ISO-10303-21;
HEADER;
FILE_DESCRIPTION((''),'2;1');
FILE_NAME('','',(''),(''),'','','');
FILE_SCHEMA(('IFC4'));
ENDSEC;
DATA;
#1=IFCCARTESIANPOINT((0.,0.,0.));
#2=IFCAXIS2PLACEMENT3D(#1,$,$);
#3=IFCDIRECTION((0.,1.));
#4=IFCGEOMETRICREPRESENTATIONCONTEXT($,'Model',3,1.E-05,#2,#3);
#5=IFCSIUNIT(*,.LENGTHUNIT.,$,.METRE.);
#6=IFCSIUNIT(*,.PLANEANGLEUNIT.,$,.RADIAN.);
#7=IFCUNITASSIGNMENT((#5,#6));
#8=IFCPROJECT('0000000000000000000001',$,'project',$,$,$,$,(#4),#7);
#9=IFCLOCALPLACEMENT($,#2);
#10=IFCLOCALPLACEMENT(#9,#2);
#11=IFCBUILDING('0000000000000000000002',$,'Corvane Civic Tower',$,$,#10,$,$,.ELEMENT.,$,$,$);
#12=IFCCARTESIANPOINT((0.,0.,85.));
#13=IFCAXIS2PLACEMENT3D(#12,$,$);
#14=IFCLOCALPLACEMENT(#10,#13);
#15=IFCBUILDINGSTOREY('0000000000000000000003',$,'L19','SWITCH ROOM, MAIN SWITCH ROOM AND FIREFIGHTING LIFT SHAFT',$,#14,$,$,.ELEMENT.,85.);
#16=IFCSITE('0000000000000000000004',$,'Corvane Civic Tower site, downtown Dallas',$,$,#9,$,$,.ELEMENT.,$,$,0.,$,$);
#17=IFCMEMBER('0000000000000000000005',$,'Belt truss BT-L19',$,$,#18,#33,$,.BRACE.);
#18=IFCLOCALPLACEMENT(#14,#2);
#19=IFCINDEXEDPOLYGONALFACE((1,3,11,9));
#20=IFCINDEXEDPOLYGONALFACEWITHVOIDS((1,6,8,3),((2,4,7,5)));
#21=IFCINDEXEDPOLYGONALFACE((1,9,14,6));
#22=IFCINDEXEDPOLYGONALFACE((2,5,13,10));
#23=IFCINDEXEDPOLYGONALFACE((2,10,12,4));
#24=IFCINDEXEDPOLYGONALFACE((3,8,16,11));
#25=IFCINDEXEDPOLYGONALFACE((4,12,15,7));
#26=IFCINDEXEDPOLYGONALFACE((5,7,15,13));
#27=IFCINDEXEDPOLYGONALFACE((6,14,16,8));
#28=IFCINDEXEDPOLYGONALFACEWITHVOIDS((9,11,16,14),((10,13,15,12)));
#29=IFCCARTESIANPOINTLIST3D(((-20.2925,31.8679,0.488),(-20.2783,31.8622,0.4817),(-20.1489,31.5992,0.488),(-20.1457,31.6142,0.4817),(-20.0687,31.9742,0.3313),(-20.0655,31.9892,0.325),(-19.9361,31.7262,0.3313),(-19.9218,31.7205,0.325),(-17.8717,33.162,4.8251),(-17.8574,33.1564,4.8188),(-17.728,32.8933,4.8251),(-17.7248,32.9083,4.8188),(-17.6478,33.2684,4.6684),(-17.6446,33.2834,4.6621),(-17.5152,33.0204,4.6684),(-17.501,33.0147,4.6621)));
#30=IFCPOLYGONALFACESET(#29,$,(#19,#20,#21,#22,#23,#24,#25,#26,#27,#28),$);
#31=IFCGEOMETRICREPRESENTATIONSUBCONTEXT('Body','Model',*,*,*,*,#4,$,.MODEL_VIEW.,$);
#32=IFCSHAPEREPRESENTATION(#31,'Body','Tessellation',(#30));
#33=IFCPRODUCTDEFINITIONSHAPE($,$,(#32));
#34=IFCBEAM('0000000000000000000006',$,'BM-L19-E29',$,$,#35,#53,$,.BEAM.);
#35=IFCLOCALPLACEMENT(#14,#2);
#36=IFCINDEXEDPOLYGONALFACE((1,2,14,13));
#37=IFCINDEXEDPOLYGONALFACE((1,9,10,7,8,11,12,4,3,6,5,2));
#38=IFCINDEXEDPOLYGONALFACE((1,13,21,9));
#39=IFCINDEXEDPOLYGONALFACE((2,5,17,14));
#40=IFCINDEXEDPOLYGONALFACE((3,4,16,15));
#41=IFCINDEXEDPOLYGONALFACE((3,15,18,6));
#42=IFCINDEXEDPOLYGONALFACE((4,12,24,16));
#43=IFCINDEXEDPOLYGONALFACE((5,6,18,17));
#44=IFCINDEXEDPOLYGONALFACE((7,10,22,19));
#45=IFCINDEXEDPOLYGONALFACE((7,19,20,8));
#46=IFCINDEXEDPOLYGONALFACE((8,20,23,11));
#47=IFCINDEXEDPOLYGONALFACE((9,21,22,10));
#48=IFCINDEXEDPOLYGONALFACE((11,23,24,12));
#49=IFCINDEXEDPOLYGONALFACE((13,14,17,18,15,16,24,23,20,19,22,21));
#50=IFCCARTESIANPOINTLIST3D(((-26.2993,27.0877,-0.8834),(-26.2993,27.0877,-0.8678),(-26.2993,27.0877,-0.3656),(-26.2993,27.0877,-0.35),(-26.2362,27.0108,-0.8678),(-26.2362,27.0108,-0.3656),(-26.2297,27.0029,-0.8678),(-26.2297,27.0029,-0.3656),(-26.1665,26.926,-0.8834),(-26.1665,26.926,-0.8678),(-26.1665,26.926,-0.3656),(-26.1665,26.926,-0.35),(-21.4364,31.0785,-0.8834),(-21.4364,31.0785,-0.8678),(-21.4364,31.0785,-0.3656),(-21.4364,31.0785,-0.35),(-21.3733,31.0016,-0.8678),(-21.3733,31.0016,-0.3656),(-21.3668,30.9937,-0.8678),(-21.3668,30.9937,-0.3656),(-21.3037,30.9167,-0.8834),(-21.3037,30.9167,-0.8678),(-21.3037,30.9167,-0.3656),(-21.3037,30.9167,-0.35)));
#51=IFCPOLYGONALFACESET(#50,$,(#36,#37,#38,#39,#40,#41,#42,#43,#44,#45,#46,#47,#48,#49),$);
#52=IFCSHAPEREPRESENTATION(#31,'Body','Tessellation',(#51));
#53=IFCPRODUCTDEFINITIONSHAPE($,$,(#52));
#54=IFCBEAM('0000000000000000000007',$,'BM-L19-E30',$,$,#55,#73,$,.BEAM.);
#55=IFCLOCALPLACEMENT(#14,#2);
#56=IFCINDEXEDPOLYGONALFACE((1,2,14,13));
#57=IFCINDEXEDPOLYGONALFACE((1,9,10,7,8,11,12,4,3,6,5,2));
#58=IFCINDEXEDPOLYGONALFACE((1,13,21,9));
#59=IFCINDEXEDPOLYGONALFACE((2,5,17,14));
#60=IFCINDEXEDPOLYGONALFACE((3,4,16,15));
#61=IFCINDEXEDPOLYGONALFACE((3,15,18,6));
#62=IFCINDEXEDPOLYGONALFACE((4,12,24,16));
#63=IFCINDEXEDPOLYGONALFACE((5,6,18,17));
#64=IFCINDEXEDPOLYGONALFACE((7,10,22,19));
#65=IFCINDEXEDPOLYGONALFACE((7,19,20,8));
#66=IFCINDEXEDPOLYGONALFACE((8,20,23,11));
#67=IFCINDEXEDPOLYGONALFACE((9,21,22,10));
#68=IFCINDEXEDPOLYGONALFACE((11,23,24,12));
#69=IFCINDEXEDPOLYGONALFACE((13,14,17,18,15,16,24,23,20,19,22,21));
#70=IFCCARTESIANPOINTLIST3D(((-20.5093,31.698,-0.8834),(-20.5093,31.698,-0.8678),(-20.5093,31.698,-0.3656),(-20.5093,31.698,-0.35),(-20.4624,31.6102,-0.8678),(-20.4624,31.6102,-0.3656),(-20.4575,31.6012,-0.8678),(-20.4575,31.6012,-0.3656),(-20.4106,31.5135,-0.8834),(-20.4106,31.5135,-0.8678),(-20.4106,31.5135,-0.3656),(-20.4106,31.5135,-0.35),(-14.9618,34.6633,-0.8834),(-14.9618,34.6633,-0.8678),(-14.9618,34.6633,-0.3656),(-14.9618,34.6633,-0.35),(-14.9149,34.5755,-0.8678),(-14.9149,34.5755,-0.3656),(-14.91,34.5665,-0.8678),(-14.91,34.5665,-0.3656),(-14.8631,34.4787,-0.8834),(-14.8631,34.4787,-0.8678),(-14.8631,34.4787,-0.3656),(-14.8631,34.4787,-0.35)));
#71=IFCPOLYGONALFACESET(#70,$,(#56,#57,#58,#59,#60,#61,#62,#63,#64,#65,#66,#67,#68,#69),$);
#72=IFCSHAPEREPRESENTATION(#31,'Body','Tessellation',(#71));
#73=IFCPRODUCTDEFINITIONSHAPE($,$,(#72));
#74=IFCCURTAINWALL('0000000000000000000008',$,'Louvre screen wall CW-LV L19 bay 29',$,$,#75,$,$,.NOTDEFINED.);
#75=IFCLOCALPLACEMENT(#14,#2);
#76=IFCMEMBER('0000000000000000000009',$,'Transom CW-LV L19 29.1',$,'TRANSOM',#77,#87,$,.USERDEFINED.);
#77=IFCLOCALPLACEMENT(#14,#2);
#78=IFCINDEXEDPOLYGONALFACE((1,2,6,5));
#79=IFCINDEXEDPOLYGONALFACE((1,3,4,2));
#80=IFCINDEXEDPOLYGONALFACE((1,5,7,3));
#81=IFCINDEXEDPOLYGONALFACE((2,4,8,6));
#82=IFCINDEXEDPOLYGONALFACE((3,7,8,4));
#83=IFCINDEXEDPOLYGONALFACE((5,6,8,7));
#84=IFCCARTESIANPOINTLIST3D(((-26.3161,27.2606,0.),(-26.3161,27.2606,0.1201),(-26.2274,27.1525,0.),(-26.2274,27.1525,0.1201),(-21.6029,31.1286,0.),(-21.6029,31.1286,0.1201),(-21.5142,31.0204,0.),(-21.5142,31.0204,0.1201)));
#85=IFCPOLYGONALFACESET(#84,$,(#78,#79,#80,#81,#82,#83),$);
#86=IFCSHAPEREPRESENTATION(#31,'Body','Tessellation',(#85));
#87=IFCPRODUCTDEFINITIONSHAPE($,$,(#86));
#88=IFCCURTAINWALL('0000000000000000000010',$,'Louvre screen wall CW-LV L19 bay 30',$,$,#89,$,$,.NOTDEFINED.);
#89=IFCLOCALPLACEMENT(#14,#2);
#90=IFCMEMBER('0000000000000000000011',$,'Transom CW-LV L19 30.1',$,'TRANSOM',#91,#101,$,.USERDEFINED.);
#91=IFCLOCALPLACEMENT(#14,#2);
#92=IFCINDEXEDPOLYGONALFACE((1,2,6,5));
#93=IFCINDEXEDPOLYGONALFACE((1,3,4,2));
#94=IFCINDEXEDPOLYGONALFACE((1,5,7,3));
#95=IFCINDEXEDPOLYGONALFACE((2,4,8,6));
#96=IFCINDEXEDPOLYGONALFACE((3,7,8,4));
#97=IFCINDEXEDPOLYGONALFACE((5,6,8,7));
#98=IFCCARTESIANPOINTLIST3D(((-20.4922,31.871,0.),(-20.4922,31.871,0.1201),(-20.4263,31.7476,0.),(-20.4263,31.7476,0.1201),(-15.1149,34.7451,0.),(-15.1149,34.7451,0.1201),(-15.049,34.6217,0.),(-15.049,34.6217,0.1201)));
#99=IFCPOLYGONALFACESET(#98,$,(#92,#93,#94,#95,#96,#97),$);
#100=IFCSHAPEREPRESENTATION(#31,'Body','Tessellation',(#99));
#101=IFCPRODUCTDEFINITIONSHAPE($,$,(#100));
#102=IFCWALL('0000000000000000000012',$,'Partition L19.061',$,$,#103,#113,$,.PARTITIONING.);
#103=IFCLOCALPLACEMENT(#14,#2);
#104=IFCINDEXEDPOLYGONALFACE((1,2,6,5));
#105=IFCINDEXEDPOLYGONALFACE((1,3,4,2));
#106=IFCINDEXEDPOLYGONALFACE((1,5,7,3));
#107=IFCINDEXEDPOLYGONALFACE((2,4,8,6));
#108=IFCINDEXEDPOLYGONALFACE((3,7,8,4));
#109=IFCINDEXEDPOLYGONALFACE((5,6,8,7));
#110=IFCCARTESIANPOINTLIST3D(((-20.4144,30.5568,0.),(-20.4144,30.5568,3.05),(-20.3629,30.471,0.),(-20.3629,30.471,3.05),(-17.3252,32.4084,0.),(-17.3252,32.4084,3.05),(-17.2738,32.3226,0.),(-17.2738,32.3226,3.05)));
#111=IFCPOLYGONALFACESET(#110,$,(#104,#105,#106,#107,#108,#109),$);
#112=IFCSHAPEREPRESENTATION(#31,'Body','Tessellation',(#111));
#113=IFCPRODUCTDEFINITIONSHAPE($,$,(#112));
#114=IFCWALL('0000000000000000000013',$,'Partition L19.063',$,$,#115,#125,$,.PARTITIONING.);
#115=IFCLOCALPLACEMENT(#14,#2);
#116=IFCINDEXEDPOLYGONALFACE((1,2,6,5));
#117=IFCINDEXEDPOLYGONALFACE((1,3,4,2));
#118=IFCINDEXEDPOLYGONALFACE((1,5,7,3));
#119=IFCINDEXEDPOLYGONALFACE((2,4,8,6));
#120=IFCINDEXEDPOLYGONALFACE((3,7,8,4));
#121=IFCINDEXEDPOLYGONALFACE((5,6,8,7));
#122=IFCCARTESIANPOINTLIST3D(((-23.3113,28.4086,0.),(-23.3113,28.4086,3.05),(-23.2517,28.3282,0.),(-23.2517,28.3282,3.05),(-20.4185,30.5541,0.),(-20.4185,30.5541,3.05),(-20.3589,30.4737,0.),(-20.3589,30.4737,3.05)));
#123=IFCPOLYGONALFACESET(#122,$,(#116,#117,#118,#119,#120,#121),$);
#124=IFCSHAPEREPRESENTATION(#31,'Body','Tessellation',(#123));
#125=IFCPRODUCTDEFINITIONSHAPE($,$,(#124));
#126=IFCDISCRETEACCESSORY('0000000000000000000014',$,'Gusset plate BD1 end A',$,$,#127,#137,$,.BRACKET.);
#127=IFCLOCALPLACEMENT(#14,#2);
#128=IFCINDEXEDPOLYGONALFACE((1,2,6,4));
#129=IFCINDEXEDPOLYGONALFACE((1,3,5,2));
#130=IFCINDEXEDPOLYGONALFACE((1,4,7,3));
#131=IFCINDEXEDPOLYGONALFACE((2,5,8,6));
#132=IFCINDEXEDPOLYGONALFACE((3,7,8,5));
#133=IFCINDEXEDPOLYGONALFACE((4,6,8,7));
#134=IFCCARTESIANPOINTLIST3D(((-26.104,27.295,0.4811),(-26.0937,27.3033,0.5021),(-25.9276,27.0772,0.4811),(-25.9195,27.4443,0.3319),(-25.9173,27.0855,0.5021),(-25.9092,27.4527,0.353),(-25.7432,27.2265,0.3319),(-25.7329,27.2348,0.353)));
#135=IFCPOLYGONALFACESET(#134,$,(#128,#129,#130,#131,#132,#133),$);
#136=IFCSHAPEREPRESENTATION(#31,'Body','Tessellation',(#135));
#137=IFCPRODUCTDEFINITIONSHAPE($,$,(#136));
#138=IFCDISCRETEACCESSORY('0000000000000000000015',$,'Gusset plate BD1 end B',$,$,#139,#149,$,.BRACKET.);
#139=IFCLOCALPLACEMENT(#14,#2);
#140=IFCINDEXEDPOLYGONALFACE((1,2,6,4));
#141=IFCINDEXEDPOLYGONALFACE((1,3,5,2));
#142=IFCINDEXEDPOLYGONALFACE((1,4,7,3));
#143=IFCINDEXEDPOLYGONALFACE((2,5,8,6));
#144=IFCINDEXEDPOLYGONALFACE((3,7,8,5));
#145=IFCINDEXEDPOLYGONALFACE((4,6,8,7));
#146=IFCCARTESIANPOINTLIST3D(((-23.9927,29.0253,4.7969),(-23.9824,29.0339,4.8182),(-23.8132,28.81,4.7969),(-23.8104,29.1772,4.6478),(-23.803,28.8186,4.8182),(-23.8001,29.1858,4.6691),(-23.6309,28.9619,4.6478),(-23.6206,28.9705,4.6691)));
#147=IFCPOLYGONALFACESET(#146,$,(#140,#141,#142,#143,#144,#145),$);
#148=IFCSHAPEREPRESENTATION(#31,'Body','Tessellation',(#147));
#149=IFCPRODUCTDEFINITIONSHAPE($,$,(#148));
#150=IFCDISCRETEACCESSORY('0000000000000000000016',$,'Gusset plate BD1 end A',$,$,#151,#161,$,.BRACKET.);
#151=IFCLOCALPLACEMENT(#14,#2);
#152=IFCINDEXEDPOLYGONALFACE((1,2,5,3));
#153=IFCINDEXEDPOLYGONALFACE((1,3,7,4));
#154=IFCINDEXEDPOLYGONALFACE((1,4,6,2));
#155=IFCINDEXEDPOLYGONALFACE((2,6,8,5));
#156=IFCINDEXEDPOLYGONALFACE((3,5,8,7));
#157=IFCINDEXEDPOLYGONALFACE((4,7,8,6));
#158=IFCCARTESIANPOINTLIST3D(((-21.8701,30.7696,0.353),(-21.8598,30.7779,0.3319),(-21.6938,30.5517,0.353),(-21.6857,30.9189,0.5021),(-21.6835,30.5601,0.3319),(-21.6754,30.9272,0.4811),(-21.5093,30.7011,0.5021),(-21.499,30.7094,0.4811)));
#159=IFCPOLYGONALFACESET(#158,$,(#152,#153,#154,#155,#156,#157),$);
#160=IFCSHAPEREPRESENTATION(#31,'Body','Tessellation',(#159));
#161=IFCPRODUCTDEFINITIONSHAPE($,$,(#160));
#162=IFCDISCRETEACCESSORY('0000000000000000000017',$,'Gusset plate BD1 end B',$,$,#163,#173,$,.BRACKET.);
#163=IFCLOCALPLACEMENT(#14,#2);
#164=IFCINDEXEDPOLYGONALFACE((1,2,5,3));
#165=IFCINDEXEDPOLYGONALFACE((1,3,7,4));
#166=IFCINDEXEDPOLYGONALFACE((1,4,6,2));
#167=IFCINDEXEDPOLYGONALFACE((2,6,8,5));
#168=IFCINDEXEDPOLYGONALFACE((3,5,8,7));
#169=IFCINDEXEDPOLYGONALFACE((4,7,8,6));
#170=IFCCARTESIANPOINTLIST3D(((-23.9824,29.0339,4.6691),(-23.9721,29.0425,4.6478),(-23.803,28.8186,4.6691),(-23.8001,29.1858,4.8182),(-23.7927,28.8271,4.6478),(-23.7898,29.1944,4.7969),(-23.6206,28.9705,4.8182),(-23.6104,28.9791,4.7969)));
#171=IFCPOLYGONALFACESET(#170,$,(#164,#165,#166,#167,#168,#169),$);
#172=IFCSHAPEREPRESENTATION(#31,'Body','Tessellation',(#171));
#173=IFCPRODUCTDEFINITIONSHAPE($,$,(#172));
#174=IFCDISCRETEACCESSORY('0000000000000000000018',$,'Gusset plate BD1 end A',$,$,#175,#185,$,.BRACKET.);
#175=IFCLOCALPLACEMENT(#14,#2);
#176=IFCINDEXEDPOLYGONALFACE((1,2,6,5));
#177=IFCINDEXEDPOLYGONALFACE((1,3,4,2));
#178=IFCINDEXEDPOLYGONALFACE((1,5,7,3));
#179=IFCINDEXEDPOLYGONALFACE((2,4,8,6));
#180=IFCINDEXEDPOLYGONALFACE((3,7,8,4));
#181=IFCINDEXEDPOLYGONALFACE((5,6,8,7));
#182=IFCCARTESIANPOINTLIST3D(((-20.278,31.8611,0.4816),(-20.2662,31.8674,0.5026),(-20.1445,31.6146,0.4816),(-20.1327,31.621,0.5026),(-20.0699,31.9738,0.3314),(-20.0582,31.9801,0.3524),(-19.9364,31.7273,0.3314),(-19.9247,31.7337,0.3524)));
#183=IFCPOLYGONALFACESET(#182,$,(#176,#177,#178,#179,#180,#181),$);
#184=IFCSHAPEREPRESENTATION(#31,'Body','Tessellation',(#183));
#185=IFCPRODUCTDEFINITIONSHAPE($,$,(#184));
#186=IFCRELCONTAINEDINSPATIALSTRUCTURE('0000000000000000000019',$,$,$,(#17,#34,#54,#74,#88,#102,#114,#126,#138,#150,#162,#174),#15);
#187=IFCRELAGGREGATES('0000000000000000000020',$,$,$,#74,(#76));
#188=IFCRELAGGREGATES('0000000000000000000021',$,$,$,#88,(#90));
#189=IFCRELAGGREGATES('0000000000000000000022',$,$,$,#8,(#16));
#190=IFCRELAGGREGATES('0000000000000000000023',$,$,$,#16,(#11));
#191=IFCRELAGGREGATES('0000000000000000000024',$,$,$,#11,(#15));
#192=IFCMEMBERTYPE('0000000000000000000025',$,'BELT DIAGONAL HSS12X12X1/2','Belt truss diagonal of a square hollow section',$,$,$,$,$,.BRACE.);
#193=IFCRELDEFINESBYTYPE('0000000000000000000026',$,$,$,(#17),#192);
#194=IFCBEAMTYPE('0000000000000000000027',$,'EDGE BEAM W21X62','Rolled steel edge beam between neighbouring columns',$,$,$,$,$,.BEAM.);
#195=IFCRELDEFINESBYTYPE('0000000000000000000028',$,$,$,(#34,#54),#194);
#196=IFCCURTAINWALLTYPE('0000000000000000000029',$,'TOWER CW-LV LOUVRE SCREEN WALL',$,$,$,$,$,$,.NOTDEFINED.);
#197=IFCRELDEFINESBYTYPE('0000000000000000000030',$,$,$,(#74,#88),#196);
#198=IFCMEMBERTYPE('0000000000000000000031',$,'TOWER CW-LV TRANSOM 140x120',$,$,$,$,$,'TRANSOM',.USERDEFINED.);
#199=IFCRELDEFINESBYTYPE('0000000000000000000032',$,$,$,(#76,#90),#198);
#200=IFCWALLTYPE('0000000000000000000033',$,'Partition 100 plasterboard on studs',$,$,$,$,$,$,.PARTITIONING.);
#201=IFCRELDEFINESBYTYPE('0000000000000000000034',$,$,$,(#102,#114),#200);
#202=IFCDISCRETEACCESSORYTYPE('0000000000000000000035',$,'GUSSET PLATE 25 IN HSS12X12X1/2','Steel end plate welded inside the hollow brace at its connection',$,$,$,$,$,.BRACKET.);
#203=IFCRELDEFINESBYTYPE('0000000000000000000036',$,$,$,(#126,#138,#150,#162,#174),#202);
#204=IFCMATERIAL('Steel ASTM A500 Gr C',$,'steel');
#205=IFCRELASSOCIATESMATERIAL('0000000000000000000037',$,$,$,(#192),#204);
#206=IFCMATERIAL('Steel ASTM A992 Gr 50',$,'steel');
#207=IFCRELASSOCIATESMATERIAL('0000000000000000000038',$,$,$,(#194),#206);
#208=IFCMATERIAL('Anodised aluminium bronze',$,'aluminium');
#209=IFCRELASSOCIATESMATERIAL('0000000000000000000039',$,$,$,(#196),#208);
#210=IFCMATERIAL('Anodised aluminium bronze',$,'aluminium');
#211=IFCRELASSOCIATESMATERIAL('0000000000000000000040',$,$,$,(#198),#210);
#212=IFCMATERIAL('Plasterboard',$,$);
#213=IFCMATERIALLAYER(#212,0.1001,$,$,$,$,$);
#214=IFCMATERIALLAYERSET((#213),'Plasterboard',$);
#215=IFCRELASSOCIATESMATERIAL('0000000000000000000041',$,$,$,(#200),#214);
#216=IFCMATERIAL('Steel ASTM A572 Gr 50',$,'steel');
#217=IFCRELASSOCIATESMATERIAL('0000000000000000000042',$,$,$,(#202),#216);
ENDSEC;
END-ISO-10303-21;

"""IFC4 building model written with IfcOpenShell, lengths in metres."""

from ifc_helpers import new_model, si_unit, direction, frame, frame_2d, origin, origin_2d, place, context, subcontext, project, spatial, rectangle, hollow_rectangle, i_section, extrude, material, layer, layer_set, material_profile, profile_set, type_object, element, aggregate, save


model = new_model("IFC4")

# Units and contexts
model_context = context("Model", 3, precision=1e-05, world=origin(), true_north=direction((0.0, 1.0)))
body_context = subcontext(model_context, "Body", "Model", "MODEL_VIEW")
ifc_project = project(units=[si_unit("LENGTHUNIT", "METRE"), si_unit("PLANEANGLEUNIT", "RADIAN")], contexts=[model_context])

# Site, building, storey
site_placement = place(None, origin())
site = spatial("IfcSite", under=ifc_project, at=site_placement, Name="Corvane Civic Tower site, downtown Dallas", CompositionType="ELEMENT", RefElevation=0.0)
building_placement = place(site_placement, origin())
building = spatial("IfcBuilding", under=site, at=building_placement, Name="Corvane Civic Tower", CompositionType="ELEMENT")
storey_placement = place(building_placement, frame((0.0, 0.0, 85.0)))
storey = spatial("IfcBuildingStorey", under=building, at=storey_placement, Name="L19", Description="SWITCH ROOM, MAIN SWITCH ROOM AND FIREFIGHTING LIFT SHAFT", CompositionType="ELEMENT", Elevation=85.0)

# Member
ifc_material_1 = material(Name="Steel ASTM A500 Gr C", Category="steel")
ifc_material_profile_1 = material_profile(ifc_material_1, hollow_rectangle(XDim=0.3047, YDim=0.3047, WallThickness=0.0117, at=origin_2d()), Name="HSS12X12X1/2")
ifc_profile_set_1 = profile_set([ifc_material_profile_1], Name="Steel ASTM A500 Gr C")
member_type_1 = type_object("IfcMemberType", Name="BELT DIAGONAL HSS12X12X1/2", Description="Belt truss diagonal of a square hollow section", PredefinedType="BRACE", material=ifc_profile_set_1)
for number, where, z_axis, x_axis, name in (
    (1, (-20.1072, 31.7942, 0.4065), (0.471644, 0.252136, 0.844973), (-0.471451, 0.881892, 0.0), "Belt truss BT-L19"),
):
    element("IfcMember", number, at=place(storey_placement, frame(where, z_axis=z_axis, x_axis=x_axis)), inside=storey, type_object=member_type_1, Name=name, PredefinedType="BRACE", context=body_context, shape_type="SweptSolid", body=[
        extrude(hollow_rectangle(XDim=0.3047, YDim=0.3047, WallThickness=0.0117, at=origin_2d()), origin(), (0.0, 0.0, 1.0), 5.1328),
    ])

# Beams
ifc_material_2 = material(Name="Steel ASTM A992 Gr 50", Category="steel")
ifc_material_profile_2 = material_profile(ifc_material_2, i_section(OverallWidth=0.2092, OverallDepth=0.5334, WebThickness=0.0103, FlangeThickness=0.0156, at=origin_2d()), Name="W21X62")
ifc_profile_set_2 = profile_set([ifc_material_profile_2], Name="Steel ASTM A992 Gr 50")
beam_type = type_object("IfcBeamType", Name="EDGE BEAM W21X62", Description="Rolled steel edge beam between neighbouring columns", PredefinedType="BEAM", material=ifc_profile_set_2)
beam_1_placement = place(storey_placement, frame((-26.2329, 27.0068, -0.6167), z_axis=(0.773016, 0.634387, 0.0), x_axis=(-0.634387, 0.773016, 0.0)))
element("IfcBeam", 2, at=beam_1_placement, inside=storey, type_object=beam_type, Name="BM-L19-E29", PredefinedType="BEAM", context=body_context, shape_type="SweptSolid", body=[
    extrude(i_section(OverallWidth=0.2092, OverallDepth=0.5334, WebThickness=0.0103, FlangeThickness=0.0156, at=origin_2d()), origin(), (0.0, 0.0, 1.0), 6.2908),
])
beam_2_placement = place(storey_placement, frame((-20.46, 31.6057, -0.6167), z_axis=(0.881916, 0.471406, 0.0), x_axis=(-0.471406, 0.881916, 0.0)))
element("IfcBeam", 3, at=beam_2_placement, inside=storey, type_object=beam_type, Name="BM-L19-E30", PredefinedType="BEAM", context=body_context, shape_type="SweptSolid", body=[
    extrude(i_section(OverallWidth=0.2092, OverallDepth=0.5334, WebThickness=0.0103, FlangeThickness=0.0156, at=origin_2d()), origin(), (0.0, 0.0, 1.0), 6.2903),
])

# Curtain walls, members
ifc_material_3 = material(Name="Anodised aluminium bronze", Category="aluminium")
curtain_wall_type = type_object("IfcCurtainWallType", Name="TOWER CW-LV LOUVRE SCREEN WALL", PredefinedType="NOTDEFINED", material=ifc_material_3)
curtain_wall_1_placement = place(storey_placement, origin())
curtain_wall_1 = element("IfcCurtainWall", 4, at=curtain_wall_1_placement, inside=storey, type_object=curtain_wall_type, Name="Louvre screen wall CW-LV L19 bay 29", PredefinedType="NOTDEFINED")
ifc_material_4 = material(Name="Anodised aluminium bronze", Category="aluminium")
ifc_material_profile_3 = material_profile(ifc_material_4, rectangle(XDim=0.1399, YDim=0.1201, at=origin_2d()), Name="TOWER CW-LV TRANSOM 140x120")
ifc_profile_set_3 = profile_set([ifc_material_profile_3], Name="Anodised aluminium bronze")
member_type_2 = type_object("IfcMemberType", Name="TOWER CW-LV TRANSOM 140x120", ElementType="TRANSOM", PredefinedType="USERDEFINED", material=ifc_profile_set_3)
member_1_placement = place(storey_placement, frame((-26.2717, 27.2065, 0.0601), z_axis=(0.773014, 0.634388, 0.0), x_axis=(-0.634388, 0.773014, 0.0)))
member_1 = element("IfcMember", 5, at=member_1_placement, type_object=member_type_2, Name="Transom CW-LV L19 29.1", ObjectType="TRANSOM", PredefinedType="USERDEFINED", context=body_context, shape_type="SweptSolid", body=[
    extrude(rectangle(XDim=0.1399, YDim=0.1201, at=origin_2d()), origin(), (0.0, 0.0, 1.0), 6.0972),
])
curtain_wall_2_placement = place(storey_placement, origin())
curtain_wall_2 = element("IfcCurtainWall", 6, at=curtain_wall_2_placement, inside=storey, type_object=curtain_wall_type, Name="Louvre screen wall CW-LV L19 bay 30", PredefinedType="NOTDEFINED")
member_2_placement = place(storey_placement, frame((-20.4592, 31.8093, 0.0601), z_axis=(0.881931, 0.471378, 0.0), x_axis=(-0.471378, 0.881931, 0.0)))
member_2 = element("IfcMember", 7, at=member_2_placement, type_object=member_type_2, Name="Transom CW-LV L19 30.1", ObjectType="TRANSOM", PredefinedType="USERDEFINED", context=body_context, shape_type="SweptSolid", body=[
    extrude(rectangle(XDim=0.1399, YDim=0.1201, at=origin_2d()), origin(), (0.0, 0.0, 1.0), 6.0972),
])

# Walls
ifc_material_5 = material(Name="Plasterboard")
ifc_layer = layer(ifc_material_5, 0.1001)
ifc_layer_set = layer_set([ifc_layer], Name="Plasterboard")
wall_type = type_object("IfcWallType", Name="Partition 100 plasterboard on studs", PredefinedType="PARTITIONING", material=ifc_layer_set)
for number, where, z_axis, x_axis, name in (
    (8, (-20.3887, 30.5139, 0.0), (0.0, 0.0, 1.0), (0.857726, 0.514107, 0.0), "Partition L19.061"),
    (9, (-23.2815, 28.3684, 0.0), (0.0, 0.0, 1.0), (0.803202, 0.595707, 0.0), "Partition L19.063"),
):
    element("IfcWall", number, at=place(storey_placement, frame(where, z_axis=z_axis, x_axis=x_axis)), inside=storey, type_object=wall_type, Name=name, PredefinedType="PARTITIONING", context=body_context, shape_type="SweptSolid", body=[
        extrude(rectangle(XDim=3.6016, YDim=0.1001, at=frame_2d((1.8008, 0.0))), origin(), (0.0, 0.0, 1.0), 3.05),
    ])

aggregate(curtain_wall_1, [member_1])
aggregate(curtain_wall_2, [member_2])

# Discrete accessories
ifc_material_6 = material(Name="Steel ASTM A572 Gr 50", Category="steel")
ifc_material_profile_4 = material_profile(ifc_material_6, rectangle(XDim=0.2803, YDim=0.2803, at=origin_2d()), Name="GUSSET PLATE 25 IN HSS12X12X1/2")
ifc_profile_set_4 = profile_set([ifc_material_profile_4], Name="Steel ASTM A572 Gr 50")
discrete_accessory_type = type_object("IfcDiscreteAccessoryType", Name="GUSSET PLATE 25 IN HSS12X12X1/2", Description="Steel end plate welded inside the hollow brace at its connection", PredefinedType="BRACKET", material=ifc_profile_set_4)
discrete_accessory_1_placement = place(storey_placement, frame((-25.9236, 27.2607, 0.4065), z_axis=(0.413517, 0.334752, 0.846726), x_axis=(-0.629198, 0.777245, 0.0)))
element("IfcDiscreteAccessory", 10, at=discrete_accessory_1_placement, inside=storey, type_object=discrete_accessory_type, Name="Gusset plate BD1 end A", PredefinedType="BRACKET", context=body_context, shape_type="SweptSolid", body=[
    extrude(rectangle(XDim=0.2803, YDim=0.2803, at=origin_2d()), origin(), (0.0, 0.0, 1.0), 0.0249),
])
discrete_accessory_2_placement = place(storey_placement, frame((-23.8015, 29.0022, 4.7437), z_axis=(-0.408751, -0.340626, -0.846698), x_axis=(0.640184, -0.768221, 0.0)))
element("IfcDiscreteAccessory", 11, at=discrete_accessory_2_placement, inside=storey, type_object=discrete_accessory_type, Name="Gusset plate BD1 end B", PredefinedType="BRACKET", context=body_context, shape_type="SweptSolid", body=[
    extrude(rectangle(XDim=0.2803, YDim=0.2803, at=origin_2d()), origin(), (0.0, 0.0, 1.0), 0.0251),
])
discrete_accessory_3_placement = place(storey_placement, frame((-21.6794, 30.7437, 0.4065), z_axis=(-0.413517, -0.334752, 0.846726), x_axis=(0.629198, -0.777245, 0.0)))
element("IfcDiscreteAccessory", 12, at=discrete_accessory_3_placement, inside=storey, type_object=discrete_accessory_type, Name="Gusset plate BD1 end A", PredefinedType="BRACKET", context=body_context, shape_type="SweptSolid", body=[
    extrude(rectangle(XDim=0.2803, YDim=0.2803, at=origin_2d()), origin(), (0.0, 0.0, 1.0), 0.0249),
])
discrete_accessory_4_placement = place(storey_placement, frame((-23.8015, 29.0022, 4.7437), z_axis=(0.408751, 0.340626, -0.846698), x_axis=(-0.640184, 0.768221, 0.0)))
element("IfcDiscreteAccessory", 13, at=discrete_accessory_4_placement, inside=storey, type_object=discrete_accessory_type, Name="Gusset plate BD1 end B", PredefinedType="BRACKET", context=body_context, shape_type="SweptSolid", body=[
    extrude(rectangle(XDim=0.2803, YDim=0.2803, at=origin_2d()), origin(), (0.0, 0.0, 1.0), 0.0251),
])
discrete_accessory_5_placement = place(storey_placement, frame((-20.1072, 31.7942, 0.4065), z_axis=(0.471223, 0.255246, 0.844274), x_axis=(-0.476283, 0.879292, 0.0)))
element("IfcDiscreteAccessory", 14, at=discrete_accessory_5_placement, inside=storey, type_object=discrete_accessory_type, Name="Gusset plate BD1 end A", PredefinedType="BRACKET", context=body_context, shape_type="SweptSolid", body=[
    extrude(rectangle(XDim=0.2803, YDim=0.2803, at=origin_2d()), origin(), (0.0, 0.0, 1.0), 0.0249),
])

save(model, "model.ifc")
